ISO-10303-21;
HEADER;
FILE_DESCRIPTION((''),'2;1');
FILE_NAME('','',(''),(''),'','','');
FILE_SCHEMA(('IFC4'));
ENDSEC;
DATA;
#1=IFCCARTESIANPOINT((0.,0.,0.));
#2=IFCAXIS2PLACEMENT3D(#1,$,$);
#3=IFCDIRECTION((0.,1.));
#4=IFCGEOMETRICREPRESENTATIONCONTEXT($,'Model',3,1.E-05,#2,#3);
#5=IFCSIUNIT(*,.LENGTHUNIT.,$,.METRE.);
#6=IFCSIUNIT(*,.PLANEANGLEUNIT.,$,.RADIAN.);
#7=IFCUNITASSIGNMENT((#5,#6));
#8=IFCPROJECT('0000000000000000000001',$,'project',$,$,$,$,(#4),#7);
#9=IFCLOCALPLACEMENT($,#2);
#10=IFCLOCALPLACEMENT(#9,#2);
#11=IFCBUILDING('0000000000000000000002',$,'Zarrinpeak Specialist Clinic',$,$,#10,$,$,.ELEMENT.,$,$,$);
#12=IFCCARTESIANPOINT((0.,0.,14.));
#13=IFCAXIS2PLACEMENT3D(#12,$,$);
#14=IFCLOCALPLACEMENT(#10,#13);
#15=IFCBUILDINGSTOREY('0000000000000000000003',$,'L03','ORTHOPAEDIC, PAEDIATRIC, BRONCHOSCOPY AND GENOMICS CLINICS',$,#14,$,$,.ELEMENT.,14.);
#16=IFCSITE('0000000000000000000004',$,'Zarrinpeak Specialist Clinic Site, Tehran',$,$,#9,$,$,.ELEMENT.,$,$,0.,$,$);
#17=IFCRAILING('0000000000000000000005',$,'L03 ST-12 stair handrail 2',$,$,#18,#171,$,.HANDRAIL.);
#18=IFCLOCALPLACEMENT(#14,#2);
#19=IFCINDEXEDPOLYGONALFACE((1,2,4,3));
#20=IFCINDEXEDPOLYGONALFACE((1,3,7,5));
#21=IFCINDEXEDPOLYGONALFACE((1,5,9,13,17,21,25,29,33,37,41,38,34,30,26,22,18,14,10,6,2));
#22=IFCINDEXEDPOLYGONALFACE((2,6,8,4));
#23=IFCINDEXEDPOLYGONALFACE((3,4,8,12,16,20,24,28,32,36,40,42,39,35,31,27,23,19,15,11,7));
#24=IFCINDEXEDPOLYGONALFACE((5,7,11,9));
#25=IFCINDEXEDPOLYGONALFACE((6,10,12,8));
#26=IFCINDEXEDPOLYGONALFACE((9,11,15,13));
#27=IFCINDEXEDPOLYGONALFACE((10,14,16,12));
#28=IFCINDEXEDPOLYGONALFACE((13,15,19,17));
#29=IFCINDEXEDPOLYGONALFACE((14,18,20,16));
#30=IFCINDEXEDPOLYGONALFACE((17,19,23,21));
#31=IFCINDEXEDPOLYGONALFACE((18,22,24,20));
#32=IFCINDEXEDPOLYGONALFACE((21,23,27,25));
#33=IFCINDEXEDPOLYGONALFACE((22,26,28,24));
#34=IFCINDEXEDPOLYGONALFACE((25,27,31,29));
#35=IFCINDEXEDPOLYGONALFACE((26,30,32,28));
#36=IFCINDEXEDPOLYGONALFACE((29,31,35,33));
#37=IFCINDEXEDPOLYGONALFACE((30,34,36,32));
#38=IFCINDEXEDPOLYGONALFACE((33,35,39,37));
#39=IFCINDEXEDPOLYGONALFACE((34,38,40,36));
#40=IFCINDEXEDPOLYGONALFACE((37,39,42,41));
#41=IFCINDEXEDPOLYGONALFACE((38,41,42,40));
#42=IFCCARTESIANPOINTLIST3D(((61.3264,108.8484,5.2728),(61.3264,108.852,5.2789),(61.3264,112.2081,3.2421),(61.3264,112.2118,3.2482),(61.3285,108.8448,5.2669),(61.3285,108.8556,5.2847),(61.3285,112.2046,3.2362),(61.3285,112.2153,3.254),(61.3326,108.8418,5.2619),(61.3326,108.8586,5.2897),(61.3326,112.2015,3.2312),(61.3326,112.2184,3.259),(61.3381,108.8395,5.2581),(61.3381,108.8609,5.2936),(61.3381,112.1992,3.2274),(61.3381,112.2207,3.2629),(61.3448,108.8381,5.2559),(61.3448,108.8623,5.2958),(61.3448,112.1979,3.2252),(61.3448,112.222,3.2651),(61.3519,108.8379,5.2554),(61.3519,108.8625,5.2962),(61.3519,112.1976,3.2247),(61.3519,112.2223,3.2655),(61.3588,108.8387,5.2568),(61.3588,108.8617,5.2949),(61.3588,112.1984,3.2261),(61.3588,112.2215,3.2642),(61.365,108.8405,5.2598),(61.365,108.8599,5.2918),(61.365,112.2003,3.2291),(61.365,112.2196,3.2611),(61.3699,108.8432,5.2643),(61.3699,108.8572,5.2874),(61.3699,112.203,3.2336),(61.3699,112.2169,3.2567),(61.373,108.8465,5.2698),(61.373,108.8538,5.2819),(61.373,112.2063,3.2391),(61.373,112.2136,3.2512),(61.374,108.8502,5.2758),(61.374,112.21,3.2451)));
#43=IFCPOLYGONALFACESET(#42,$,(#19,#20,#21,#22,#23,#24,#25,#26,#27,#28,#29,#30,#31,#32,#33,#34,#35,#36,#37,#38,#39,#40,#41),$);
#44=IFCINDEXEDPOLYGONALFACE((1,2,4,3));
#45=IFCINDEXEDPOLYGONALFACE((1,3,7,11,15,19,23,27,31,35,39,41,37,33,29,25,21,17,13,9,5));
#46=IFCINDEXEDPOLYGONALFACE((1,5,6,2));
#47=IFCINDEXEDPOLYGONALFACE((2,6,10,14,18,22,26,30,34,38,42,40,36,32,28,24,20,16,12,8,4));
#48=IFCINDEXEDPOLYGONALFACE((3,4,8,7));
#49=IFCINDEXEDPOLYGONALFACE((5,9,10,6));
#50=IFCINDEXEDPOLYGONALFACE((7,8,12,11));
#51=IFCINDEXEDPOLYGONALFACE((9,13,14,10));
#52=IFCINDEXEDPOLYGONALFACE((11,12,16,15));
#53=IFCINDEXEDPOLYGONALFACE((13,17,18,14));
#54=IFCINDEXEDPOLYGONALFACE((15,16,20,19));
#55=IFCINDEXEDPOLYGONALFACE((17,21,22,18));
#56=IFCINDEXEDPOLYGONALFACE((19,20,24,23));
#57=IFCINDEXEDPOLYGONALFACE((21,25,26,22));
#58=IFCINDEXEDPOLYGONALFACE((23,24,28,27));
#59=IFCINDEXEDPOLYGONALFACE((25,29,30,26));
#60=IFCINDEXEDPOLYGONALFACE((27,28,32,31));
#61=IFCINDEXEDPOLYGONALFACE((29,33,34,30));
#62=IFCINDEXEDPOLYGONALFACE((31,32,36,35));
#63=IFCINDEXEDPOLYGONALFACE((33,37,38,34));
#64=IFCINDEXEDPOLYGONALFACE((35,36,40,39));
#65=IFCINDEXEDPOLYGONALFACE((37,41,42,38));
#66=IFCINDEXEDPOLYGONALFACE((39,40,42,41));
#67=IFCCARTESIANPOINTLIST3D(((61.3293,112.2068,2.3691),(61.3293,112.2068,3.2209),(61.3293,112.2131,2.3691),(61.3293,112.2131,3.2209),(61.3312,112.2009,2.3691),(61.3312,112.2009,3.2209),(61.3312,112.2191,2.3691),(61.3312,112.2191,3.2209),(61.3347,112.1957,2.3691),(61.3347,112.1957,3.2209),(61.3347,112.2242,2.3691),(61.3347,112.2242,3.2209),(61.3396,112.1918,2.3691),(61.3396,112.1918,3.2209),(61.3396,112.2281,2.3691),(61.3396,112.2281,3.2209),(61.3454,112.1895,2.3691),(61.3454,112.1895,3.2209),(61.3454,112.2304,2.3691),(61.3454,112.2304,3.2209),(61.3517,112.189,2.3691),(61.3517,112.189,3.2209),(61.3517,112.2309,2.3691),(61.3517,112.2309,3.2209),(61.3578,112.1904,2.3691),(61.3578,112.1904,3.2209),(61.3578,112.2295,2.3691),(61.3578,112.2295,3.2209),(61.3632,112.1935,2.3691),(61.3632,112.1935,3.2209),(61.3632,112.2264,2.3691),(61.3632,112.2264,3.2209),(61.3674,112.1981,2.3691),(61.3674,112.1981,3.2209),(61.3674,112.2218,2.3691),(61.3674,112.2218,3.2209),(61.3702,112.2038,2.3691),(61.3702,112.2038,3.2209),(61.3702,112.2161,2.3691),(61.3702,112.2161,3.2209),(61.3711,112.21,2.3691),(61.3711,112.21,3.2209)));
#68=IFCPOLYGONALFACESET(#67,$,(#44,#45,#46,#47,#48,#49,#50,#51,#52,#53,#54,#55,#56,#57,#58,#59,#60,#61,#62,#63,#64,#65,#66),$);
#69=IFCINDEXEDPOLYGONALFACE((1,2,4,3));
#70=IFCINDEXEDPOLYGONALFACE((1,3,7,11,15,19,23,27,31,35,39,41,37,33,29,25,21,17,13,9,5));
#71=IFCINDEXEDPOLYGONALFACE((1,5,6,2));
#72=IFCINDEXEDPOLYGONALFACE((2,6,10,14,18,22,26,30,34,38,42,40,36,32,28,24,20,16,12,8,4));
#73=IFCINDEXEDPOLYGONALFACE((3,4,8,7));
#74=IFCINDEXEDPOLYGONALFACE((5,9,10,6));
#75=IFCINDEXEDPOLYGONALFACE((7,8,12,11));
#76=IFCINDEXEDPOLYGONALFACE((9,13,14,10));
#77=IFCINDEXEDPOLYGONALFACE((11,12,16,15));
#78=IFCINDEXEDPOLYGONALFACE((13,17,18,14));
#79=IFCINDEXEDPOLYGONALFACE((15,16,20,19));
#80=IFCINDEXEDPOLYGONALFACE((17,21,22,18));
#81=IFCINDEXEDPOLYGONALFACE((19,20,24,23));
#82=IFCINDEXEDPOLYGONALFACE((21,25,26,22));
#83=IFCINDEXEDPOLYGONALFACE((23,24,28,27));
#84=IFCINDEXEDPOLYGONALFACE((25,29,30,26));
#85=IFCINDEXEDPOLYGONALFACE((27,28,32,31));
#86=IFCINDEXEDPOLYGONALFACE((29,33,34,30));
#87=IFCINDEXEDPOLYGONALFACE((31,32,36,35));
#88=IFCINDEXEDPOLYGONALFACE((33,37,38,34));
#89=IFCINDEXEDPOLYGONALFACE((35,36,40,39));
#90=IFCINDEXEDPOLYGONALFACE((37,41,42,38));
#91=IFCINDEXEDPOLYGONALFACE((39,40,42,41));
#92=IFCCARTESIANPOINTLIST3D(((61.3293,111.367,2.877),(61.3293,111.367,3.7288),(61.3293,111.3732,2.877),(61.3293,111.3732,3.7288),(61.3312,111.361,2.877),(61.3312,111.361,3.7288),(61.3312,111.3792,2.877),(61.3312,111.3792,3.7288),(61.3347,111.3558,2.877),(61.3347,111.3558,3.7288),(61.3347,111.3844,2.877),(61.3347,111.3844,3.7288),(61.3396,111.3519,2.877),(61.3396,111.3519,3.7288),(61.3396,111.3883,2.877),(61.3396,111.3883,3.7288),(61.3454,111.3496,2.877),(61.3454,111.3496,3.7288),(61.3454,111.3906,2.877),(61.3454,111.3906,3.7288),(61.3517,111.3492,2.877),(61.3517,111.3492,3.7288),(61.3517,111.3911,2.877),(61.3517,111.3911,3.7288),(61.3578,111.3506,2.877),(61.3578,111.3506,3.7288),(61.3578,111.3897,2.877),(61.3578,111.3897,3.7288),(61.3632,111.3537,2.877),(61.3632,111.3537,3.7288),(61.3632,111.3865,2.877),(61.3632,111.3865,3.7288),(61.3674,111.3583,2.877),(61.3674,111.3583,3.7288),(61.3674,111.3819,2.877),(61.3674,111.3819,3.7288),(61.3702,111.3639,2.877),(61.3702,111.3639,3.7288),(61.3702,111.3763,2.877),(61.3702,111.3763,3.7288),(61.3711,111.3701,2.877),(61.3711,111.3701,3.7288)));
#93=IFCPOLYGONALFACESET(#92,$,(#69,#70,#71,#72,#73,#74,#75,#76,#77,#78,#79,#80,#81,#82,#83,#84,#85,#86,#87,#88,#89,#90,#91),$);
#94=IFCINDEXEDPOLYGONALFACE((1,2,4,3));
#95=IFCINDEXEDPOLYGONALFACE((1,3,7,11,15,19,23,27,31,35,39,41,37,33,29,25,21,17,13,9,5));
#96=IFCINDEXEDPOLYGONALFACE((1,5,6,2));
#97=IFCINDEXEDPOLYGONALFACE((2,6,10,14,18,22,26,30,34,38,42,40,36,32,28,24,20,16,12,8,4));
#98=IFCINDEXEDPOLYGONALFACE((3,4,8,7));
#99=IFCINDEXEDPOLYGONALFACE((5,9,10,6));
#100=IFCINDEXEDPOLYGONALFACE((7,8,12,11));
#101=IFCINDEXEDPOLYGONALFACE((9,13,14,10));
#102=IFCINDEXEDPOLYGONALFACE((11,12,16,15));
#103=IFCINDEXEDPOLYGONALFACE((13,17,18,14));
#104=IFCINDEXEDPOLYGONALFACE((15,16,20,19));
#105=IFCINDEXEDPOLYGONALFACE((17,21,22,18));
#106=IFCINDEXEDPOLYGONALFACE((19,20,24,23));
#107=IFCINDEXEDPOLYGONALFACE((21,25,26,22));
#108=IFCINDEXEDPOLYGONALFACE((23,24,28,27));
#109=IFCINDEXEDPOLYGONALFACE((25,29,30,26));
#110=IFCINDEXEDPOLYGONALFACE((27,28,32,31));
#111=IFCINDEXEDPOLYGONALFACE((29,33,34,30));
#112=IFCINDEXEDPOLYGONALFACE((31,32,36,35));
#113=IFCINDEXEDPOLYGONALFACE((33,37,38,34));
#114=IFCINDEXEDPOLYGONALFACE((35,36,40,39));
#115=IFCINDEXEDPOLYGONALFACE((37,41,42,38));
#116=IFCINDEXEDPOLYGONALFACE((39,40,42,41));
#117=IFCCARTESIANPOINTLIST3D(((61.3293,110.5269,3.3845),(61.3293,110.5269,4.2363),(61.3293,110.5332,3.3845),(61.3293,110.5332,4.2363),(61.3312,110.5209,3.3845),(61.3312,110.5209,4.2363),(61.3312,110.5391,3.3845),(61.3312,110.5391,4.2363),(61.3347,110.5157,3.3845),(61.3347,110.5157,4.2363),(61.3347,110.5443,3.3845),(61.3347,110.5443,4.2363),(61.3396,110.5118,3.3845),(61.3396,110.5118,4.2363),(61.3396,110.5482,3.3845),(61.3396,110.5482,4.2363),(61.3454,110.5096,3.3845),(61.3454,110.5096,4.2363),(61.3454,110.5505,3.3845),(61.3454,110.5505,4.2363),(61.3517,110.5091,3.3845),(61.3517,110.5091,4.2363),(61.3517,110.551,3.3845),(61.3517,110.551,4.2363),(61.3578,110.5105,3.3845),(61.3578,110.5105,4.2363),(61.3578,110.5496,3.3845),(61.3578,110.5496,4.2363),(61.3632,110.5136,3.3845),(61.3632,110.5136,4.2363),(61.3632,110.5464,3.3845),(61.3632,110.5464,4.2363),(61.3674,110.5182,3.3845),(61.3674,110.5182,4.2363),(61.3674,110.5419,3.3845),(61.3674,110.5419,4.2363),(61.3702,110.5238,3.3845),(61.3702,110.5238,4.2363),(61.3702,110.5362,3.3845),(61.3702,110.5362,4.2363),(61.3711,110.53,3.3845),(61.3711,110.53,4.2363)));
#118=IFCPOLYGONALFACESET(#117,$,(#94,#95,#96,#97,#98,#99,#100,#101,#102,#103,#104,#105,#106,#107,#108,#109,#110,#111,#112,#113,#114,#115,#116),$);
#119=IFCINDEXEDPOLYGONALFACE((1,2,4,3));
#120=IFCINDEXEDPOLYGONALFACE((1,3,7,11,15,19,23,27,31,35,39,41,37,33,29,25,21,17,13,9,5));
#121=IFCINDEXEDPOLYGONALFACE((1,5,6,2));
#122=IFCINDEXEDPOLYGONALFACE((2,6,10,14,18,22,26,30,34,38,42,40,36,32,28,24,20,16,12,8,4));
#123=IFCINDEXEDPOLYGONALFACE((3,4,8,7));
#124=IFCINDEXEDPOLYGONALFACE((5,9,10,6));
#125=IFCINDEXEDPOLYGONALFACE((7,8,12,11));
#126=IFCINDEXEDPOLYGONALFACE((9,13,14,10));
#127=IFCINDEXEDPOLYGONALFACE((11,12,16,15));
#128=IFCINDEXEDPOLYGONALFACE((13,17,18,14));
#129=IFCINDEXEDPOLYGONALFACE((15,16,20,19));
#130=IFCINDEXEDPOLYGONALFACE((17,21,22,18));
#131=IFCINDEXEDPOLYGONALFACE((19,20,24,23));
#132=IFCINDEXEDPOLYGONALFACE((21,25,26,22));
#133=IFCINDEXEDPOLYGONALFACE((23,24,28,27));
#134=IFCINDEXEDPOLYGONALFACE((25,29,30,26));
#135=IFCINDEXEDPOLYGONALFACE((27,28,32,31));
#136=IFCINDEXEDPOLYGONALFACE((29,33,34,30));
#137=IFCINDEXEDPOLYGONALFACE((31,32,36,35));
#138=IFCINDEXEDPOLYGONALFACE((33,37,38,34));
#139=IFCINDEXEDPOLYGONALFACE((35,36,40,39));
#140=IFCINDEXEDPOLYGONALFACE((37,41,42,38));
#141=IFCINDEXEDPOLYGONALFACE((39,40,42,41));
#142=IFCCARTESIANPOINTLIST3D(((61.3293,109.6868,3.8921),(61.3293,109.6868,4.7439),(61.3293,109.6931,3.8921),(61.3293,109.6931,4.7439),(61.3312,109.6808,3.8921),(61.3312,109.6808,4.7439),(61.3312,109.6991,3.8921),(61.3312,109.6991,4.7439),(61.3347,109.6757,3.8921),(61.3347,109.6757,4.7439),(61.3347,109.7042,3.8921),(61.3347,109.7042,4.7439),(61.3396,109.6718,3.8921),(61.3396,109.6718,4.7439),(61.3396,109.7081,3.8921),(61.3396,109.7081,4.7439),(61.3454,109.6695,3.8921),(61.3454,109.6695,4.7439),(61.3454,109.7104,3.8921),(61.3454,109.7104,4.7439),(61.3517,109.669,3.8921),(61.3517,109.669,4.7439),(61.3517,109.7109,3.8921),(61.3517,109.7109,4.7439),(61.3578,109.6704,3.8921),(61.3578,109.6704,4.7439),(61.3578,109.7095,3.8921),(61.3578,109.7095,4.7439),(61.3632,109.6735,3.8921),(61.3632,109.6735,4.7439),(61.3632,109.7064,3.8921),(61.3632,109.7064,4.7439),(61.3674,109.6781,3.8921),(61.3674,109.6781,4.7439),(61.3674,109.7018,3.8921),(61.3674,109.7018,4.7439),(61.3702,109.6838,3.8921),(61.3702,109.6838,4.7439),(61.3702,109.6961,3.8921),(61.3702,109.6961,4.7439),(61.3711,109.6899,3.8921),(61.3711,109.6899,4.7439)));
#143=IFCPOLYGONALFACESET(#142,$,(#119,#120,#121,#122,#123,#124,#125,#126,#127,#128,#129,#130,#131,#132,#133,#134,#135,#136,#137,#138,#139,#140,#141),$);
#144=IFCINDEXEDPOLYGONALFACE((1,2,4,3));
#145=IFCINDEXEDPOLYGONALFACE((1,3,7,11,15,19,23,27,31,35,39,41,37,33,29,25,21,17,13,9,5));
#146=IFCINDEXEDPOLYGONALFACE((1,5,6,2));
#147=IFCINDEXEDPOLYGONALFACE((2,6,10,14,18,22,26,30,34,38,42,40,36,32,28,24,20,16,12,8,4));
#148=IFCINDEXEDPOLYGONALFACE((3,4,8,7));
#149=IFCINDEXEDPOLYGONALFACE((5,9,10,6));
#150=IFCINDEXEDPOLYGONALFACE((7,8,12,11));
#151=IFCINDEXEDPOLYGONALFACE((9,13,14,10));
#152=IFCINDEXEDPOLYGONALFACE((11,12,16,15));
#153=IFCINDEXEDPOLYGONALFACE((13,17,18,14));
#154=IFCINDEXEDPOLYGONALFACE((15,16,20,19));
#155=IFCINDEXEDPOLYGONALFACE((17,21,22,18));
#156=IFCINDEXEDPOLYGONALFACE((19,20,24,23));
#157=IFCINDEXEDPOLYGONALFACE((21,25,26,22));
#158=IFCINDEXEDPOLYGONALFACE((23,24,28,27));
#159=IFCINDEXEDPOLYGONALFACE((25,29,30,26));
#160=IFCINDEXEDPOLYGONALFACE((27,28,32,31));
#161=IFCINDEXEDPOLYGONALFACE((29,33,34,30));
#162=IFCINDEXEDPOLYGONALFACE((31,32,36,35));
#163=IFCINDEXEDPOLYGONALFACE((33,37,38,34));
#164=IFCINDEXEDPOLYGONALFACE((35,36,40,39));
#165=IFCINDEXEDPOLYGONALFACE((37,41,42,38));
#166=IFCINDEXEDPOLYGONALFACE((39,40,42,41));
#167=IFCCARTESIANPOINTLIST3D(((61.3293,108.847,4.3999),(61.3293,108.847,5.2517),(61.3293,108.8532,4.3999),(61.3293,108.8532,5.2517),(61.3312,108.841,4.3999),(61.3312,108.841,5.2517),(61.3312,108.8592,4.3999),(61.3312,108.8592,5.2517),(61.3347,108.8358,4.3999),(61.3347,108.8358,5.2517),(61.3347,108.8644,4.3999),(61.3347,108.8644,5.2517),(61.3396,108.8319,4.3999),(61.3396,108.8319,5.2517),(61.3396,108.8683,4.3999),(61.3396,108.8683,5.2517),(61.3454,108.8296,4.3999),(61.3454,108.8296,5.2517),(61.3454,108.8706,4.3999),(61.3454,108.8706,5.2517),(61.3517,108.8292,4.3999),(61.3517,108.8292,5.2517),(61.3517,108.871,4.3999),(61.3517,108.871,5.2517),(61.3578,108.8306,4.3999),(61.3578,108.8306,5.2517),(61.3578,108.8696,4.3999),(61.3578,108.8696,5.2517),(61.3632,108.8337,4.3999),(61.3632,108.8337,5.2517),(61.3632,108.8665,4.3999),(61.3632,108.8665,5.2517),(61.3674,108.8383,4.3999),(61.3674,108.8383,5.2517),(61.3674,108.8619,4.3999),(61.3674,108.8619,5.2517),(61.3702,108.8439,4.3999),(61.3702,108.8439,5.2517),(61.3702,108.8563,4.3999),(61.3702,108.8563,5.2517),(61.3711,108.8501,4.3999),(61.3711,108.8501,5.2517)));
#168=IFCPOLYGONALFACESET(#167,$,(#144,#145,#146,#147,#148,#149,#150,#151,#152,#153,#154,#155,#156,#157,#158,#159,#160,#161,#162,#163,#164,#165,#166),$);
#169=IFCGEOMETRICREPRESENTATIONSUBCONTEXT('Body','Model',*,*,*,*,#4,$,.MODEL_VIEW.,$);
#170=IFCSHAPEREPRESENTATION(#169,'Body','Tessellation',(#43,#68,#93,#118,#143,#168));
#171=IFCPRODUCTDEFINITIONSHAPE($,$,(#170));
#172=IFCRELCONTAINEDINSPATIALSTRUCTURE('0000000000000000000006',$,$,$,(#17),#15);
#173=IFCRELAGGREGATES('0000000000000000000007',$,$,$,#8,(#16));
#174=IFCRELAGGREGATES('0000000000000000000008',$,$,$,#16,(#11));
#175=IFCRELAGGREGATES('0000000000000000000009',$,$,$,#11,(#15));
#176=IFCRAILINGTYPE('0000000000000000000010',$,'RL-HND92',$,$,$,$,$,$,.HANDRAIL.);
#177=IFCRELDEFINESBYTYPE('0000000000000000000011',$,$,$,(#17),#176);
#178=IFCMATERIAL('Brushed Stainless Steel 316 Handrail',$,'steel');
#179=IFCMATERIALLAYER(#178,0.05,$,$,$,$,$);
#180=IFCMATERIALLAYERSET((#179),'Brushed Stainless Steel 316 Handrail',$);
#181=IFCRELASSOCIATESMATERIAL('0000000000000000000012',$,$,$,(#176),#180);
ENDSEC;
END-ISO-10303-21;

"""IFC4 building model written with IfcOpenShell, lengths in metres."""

from ifc_helpers import new_model, si_unit, direction, frame, origin, origin_2d, place, context, subcontext, project, spatial, circle, extrude, material, layer, layer_set, type_object, element, save


model = new_model("IFC4")

# Units and contexts
model_context = context("Model", 3, precision=1e-05, world=origin(), true_north=direction((0.0, 1.0)))
body_context = subcontext(model_context, "Body", "Model", "MODEL_VIEW")
ifc_project = project(units=[si_unit("LENGTHUNIT", "METRE"), si_unit("PLANEANGLEUNIT", "RADIAN")], contexts=[model_context])

# Site, building, storey
site_placement = place(None, origin())
site = spatial("IfcSite", under=ifc_project, at=site_placement, Name="Zarrinpeak Specialist Clinic Site, Tehran", CompositionType="ELEMENT", RefElevation=0.0)
building_placement = place(site_placement, origin())
building = spatial("IfcBuilding", under=site, at=building_placement, Name="Zarrinpeak Specialist Clinic", CompositionType="ELEMENT")
storey_placement = place(building_placement, frame((0.0, 0.0, 14.0)))
storey = spatial("IfcBuildingStorey", under=building, at=storey_placement, Name="L03", Description="ORTHOPAEDIC, PAEDIATRIC, BRONCHOSCOPY AND GENOMICS CLINICS", CompositionType="ELEMENT", Elevation=14.0)

# Railing
ifc_material_1 = material(Name="Brushed Stainless Steel 316 Handrail", Category="steel")
ifc_layer_1 = layer(ifc_material_1, 0.05)
ifc_layer_set_1 = layer_set([ifc_layer_1], Name="Brushed Stainless Steel 316 Handrail")
railing_type_1 = type_object("IfcRailingType", Name="RL-HND92", PredefinedType="HANDRAIL", material=ifc_layer_set_1)
railing_1_placement = place(storey_placement, frame((61.3501, 112.21, 2.3691)))
element("IfcRailing", 1, at=railing_1_placement, inside=storey, type_object=railing_type_1, Name="L03 ST-12 stair handrail 2", PredefinedType="HANDRAIL", context=body_context, shape_type="SweptSolid", body=[
    extrude(circle(Radius=0.0239, at=origin_2d()), frame((0.0, 0.0, 0.876), z_axis=(0.0, -0.85582, 0.517273), x_axis=(1.0, 0.0, 0.0)), (0.0, 0.0, 1.0), 3.9258),
    extrude(circle(Radius=0.021, at=origin_2d()), origin(), (0.0, 0.0, 1.0), 0.8518),
    extrude(circle(Radius=0.021, at=origin_2d()), frame((0.0, -0.8398, 0.5078)), (0.0, 0.0, 1.0), 0.8518),
    extrude(circle(Radius=0.021, at=origin_2d()), frame((0.0, -1.6799, 1.0154)), (0.0, 0.0, 1.0), 0.8518),
    extrude(circle(Radius=0.021, at=origin_2d()), frame((0.0, -2.52, 1.5229)), (0.0, 0.0, 1.0), 0.8518),
    extrude(circle(Radius=0.021, at=origin_2d()), frame((0.0, -3.3599, 2.0308)), (0.0, 0.0, 1.0), 0.8518),
])

save(model, "model.ifc")
